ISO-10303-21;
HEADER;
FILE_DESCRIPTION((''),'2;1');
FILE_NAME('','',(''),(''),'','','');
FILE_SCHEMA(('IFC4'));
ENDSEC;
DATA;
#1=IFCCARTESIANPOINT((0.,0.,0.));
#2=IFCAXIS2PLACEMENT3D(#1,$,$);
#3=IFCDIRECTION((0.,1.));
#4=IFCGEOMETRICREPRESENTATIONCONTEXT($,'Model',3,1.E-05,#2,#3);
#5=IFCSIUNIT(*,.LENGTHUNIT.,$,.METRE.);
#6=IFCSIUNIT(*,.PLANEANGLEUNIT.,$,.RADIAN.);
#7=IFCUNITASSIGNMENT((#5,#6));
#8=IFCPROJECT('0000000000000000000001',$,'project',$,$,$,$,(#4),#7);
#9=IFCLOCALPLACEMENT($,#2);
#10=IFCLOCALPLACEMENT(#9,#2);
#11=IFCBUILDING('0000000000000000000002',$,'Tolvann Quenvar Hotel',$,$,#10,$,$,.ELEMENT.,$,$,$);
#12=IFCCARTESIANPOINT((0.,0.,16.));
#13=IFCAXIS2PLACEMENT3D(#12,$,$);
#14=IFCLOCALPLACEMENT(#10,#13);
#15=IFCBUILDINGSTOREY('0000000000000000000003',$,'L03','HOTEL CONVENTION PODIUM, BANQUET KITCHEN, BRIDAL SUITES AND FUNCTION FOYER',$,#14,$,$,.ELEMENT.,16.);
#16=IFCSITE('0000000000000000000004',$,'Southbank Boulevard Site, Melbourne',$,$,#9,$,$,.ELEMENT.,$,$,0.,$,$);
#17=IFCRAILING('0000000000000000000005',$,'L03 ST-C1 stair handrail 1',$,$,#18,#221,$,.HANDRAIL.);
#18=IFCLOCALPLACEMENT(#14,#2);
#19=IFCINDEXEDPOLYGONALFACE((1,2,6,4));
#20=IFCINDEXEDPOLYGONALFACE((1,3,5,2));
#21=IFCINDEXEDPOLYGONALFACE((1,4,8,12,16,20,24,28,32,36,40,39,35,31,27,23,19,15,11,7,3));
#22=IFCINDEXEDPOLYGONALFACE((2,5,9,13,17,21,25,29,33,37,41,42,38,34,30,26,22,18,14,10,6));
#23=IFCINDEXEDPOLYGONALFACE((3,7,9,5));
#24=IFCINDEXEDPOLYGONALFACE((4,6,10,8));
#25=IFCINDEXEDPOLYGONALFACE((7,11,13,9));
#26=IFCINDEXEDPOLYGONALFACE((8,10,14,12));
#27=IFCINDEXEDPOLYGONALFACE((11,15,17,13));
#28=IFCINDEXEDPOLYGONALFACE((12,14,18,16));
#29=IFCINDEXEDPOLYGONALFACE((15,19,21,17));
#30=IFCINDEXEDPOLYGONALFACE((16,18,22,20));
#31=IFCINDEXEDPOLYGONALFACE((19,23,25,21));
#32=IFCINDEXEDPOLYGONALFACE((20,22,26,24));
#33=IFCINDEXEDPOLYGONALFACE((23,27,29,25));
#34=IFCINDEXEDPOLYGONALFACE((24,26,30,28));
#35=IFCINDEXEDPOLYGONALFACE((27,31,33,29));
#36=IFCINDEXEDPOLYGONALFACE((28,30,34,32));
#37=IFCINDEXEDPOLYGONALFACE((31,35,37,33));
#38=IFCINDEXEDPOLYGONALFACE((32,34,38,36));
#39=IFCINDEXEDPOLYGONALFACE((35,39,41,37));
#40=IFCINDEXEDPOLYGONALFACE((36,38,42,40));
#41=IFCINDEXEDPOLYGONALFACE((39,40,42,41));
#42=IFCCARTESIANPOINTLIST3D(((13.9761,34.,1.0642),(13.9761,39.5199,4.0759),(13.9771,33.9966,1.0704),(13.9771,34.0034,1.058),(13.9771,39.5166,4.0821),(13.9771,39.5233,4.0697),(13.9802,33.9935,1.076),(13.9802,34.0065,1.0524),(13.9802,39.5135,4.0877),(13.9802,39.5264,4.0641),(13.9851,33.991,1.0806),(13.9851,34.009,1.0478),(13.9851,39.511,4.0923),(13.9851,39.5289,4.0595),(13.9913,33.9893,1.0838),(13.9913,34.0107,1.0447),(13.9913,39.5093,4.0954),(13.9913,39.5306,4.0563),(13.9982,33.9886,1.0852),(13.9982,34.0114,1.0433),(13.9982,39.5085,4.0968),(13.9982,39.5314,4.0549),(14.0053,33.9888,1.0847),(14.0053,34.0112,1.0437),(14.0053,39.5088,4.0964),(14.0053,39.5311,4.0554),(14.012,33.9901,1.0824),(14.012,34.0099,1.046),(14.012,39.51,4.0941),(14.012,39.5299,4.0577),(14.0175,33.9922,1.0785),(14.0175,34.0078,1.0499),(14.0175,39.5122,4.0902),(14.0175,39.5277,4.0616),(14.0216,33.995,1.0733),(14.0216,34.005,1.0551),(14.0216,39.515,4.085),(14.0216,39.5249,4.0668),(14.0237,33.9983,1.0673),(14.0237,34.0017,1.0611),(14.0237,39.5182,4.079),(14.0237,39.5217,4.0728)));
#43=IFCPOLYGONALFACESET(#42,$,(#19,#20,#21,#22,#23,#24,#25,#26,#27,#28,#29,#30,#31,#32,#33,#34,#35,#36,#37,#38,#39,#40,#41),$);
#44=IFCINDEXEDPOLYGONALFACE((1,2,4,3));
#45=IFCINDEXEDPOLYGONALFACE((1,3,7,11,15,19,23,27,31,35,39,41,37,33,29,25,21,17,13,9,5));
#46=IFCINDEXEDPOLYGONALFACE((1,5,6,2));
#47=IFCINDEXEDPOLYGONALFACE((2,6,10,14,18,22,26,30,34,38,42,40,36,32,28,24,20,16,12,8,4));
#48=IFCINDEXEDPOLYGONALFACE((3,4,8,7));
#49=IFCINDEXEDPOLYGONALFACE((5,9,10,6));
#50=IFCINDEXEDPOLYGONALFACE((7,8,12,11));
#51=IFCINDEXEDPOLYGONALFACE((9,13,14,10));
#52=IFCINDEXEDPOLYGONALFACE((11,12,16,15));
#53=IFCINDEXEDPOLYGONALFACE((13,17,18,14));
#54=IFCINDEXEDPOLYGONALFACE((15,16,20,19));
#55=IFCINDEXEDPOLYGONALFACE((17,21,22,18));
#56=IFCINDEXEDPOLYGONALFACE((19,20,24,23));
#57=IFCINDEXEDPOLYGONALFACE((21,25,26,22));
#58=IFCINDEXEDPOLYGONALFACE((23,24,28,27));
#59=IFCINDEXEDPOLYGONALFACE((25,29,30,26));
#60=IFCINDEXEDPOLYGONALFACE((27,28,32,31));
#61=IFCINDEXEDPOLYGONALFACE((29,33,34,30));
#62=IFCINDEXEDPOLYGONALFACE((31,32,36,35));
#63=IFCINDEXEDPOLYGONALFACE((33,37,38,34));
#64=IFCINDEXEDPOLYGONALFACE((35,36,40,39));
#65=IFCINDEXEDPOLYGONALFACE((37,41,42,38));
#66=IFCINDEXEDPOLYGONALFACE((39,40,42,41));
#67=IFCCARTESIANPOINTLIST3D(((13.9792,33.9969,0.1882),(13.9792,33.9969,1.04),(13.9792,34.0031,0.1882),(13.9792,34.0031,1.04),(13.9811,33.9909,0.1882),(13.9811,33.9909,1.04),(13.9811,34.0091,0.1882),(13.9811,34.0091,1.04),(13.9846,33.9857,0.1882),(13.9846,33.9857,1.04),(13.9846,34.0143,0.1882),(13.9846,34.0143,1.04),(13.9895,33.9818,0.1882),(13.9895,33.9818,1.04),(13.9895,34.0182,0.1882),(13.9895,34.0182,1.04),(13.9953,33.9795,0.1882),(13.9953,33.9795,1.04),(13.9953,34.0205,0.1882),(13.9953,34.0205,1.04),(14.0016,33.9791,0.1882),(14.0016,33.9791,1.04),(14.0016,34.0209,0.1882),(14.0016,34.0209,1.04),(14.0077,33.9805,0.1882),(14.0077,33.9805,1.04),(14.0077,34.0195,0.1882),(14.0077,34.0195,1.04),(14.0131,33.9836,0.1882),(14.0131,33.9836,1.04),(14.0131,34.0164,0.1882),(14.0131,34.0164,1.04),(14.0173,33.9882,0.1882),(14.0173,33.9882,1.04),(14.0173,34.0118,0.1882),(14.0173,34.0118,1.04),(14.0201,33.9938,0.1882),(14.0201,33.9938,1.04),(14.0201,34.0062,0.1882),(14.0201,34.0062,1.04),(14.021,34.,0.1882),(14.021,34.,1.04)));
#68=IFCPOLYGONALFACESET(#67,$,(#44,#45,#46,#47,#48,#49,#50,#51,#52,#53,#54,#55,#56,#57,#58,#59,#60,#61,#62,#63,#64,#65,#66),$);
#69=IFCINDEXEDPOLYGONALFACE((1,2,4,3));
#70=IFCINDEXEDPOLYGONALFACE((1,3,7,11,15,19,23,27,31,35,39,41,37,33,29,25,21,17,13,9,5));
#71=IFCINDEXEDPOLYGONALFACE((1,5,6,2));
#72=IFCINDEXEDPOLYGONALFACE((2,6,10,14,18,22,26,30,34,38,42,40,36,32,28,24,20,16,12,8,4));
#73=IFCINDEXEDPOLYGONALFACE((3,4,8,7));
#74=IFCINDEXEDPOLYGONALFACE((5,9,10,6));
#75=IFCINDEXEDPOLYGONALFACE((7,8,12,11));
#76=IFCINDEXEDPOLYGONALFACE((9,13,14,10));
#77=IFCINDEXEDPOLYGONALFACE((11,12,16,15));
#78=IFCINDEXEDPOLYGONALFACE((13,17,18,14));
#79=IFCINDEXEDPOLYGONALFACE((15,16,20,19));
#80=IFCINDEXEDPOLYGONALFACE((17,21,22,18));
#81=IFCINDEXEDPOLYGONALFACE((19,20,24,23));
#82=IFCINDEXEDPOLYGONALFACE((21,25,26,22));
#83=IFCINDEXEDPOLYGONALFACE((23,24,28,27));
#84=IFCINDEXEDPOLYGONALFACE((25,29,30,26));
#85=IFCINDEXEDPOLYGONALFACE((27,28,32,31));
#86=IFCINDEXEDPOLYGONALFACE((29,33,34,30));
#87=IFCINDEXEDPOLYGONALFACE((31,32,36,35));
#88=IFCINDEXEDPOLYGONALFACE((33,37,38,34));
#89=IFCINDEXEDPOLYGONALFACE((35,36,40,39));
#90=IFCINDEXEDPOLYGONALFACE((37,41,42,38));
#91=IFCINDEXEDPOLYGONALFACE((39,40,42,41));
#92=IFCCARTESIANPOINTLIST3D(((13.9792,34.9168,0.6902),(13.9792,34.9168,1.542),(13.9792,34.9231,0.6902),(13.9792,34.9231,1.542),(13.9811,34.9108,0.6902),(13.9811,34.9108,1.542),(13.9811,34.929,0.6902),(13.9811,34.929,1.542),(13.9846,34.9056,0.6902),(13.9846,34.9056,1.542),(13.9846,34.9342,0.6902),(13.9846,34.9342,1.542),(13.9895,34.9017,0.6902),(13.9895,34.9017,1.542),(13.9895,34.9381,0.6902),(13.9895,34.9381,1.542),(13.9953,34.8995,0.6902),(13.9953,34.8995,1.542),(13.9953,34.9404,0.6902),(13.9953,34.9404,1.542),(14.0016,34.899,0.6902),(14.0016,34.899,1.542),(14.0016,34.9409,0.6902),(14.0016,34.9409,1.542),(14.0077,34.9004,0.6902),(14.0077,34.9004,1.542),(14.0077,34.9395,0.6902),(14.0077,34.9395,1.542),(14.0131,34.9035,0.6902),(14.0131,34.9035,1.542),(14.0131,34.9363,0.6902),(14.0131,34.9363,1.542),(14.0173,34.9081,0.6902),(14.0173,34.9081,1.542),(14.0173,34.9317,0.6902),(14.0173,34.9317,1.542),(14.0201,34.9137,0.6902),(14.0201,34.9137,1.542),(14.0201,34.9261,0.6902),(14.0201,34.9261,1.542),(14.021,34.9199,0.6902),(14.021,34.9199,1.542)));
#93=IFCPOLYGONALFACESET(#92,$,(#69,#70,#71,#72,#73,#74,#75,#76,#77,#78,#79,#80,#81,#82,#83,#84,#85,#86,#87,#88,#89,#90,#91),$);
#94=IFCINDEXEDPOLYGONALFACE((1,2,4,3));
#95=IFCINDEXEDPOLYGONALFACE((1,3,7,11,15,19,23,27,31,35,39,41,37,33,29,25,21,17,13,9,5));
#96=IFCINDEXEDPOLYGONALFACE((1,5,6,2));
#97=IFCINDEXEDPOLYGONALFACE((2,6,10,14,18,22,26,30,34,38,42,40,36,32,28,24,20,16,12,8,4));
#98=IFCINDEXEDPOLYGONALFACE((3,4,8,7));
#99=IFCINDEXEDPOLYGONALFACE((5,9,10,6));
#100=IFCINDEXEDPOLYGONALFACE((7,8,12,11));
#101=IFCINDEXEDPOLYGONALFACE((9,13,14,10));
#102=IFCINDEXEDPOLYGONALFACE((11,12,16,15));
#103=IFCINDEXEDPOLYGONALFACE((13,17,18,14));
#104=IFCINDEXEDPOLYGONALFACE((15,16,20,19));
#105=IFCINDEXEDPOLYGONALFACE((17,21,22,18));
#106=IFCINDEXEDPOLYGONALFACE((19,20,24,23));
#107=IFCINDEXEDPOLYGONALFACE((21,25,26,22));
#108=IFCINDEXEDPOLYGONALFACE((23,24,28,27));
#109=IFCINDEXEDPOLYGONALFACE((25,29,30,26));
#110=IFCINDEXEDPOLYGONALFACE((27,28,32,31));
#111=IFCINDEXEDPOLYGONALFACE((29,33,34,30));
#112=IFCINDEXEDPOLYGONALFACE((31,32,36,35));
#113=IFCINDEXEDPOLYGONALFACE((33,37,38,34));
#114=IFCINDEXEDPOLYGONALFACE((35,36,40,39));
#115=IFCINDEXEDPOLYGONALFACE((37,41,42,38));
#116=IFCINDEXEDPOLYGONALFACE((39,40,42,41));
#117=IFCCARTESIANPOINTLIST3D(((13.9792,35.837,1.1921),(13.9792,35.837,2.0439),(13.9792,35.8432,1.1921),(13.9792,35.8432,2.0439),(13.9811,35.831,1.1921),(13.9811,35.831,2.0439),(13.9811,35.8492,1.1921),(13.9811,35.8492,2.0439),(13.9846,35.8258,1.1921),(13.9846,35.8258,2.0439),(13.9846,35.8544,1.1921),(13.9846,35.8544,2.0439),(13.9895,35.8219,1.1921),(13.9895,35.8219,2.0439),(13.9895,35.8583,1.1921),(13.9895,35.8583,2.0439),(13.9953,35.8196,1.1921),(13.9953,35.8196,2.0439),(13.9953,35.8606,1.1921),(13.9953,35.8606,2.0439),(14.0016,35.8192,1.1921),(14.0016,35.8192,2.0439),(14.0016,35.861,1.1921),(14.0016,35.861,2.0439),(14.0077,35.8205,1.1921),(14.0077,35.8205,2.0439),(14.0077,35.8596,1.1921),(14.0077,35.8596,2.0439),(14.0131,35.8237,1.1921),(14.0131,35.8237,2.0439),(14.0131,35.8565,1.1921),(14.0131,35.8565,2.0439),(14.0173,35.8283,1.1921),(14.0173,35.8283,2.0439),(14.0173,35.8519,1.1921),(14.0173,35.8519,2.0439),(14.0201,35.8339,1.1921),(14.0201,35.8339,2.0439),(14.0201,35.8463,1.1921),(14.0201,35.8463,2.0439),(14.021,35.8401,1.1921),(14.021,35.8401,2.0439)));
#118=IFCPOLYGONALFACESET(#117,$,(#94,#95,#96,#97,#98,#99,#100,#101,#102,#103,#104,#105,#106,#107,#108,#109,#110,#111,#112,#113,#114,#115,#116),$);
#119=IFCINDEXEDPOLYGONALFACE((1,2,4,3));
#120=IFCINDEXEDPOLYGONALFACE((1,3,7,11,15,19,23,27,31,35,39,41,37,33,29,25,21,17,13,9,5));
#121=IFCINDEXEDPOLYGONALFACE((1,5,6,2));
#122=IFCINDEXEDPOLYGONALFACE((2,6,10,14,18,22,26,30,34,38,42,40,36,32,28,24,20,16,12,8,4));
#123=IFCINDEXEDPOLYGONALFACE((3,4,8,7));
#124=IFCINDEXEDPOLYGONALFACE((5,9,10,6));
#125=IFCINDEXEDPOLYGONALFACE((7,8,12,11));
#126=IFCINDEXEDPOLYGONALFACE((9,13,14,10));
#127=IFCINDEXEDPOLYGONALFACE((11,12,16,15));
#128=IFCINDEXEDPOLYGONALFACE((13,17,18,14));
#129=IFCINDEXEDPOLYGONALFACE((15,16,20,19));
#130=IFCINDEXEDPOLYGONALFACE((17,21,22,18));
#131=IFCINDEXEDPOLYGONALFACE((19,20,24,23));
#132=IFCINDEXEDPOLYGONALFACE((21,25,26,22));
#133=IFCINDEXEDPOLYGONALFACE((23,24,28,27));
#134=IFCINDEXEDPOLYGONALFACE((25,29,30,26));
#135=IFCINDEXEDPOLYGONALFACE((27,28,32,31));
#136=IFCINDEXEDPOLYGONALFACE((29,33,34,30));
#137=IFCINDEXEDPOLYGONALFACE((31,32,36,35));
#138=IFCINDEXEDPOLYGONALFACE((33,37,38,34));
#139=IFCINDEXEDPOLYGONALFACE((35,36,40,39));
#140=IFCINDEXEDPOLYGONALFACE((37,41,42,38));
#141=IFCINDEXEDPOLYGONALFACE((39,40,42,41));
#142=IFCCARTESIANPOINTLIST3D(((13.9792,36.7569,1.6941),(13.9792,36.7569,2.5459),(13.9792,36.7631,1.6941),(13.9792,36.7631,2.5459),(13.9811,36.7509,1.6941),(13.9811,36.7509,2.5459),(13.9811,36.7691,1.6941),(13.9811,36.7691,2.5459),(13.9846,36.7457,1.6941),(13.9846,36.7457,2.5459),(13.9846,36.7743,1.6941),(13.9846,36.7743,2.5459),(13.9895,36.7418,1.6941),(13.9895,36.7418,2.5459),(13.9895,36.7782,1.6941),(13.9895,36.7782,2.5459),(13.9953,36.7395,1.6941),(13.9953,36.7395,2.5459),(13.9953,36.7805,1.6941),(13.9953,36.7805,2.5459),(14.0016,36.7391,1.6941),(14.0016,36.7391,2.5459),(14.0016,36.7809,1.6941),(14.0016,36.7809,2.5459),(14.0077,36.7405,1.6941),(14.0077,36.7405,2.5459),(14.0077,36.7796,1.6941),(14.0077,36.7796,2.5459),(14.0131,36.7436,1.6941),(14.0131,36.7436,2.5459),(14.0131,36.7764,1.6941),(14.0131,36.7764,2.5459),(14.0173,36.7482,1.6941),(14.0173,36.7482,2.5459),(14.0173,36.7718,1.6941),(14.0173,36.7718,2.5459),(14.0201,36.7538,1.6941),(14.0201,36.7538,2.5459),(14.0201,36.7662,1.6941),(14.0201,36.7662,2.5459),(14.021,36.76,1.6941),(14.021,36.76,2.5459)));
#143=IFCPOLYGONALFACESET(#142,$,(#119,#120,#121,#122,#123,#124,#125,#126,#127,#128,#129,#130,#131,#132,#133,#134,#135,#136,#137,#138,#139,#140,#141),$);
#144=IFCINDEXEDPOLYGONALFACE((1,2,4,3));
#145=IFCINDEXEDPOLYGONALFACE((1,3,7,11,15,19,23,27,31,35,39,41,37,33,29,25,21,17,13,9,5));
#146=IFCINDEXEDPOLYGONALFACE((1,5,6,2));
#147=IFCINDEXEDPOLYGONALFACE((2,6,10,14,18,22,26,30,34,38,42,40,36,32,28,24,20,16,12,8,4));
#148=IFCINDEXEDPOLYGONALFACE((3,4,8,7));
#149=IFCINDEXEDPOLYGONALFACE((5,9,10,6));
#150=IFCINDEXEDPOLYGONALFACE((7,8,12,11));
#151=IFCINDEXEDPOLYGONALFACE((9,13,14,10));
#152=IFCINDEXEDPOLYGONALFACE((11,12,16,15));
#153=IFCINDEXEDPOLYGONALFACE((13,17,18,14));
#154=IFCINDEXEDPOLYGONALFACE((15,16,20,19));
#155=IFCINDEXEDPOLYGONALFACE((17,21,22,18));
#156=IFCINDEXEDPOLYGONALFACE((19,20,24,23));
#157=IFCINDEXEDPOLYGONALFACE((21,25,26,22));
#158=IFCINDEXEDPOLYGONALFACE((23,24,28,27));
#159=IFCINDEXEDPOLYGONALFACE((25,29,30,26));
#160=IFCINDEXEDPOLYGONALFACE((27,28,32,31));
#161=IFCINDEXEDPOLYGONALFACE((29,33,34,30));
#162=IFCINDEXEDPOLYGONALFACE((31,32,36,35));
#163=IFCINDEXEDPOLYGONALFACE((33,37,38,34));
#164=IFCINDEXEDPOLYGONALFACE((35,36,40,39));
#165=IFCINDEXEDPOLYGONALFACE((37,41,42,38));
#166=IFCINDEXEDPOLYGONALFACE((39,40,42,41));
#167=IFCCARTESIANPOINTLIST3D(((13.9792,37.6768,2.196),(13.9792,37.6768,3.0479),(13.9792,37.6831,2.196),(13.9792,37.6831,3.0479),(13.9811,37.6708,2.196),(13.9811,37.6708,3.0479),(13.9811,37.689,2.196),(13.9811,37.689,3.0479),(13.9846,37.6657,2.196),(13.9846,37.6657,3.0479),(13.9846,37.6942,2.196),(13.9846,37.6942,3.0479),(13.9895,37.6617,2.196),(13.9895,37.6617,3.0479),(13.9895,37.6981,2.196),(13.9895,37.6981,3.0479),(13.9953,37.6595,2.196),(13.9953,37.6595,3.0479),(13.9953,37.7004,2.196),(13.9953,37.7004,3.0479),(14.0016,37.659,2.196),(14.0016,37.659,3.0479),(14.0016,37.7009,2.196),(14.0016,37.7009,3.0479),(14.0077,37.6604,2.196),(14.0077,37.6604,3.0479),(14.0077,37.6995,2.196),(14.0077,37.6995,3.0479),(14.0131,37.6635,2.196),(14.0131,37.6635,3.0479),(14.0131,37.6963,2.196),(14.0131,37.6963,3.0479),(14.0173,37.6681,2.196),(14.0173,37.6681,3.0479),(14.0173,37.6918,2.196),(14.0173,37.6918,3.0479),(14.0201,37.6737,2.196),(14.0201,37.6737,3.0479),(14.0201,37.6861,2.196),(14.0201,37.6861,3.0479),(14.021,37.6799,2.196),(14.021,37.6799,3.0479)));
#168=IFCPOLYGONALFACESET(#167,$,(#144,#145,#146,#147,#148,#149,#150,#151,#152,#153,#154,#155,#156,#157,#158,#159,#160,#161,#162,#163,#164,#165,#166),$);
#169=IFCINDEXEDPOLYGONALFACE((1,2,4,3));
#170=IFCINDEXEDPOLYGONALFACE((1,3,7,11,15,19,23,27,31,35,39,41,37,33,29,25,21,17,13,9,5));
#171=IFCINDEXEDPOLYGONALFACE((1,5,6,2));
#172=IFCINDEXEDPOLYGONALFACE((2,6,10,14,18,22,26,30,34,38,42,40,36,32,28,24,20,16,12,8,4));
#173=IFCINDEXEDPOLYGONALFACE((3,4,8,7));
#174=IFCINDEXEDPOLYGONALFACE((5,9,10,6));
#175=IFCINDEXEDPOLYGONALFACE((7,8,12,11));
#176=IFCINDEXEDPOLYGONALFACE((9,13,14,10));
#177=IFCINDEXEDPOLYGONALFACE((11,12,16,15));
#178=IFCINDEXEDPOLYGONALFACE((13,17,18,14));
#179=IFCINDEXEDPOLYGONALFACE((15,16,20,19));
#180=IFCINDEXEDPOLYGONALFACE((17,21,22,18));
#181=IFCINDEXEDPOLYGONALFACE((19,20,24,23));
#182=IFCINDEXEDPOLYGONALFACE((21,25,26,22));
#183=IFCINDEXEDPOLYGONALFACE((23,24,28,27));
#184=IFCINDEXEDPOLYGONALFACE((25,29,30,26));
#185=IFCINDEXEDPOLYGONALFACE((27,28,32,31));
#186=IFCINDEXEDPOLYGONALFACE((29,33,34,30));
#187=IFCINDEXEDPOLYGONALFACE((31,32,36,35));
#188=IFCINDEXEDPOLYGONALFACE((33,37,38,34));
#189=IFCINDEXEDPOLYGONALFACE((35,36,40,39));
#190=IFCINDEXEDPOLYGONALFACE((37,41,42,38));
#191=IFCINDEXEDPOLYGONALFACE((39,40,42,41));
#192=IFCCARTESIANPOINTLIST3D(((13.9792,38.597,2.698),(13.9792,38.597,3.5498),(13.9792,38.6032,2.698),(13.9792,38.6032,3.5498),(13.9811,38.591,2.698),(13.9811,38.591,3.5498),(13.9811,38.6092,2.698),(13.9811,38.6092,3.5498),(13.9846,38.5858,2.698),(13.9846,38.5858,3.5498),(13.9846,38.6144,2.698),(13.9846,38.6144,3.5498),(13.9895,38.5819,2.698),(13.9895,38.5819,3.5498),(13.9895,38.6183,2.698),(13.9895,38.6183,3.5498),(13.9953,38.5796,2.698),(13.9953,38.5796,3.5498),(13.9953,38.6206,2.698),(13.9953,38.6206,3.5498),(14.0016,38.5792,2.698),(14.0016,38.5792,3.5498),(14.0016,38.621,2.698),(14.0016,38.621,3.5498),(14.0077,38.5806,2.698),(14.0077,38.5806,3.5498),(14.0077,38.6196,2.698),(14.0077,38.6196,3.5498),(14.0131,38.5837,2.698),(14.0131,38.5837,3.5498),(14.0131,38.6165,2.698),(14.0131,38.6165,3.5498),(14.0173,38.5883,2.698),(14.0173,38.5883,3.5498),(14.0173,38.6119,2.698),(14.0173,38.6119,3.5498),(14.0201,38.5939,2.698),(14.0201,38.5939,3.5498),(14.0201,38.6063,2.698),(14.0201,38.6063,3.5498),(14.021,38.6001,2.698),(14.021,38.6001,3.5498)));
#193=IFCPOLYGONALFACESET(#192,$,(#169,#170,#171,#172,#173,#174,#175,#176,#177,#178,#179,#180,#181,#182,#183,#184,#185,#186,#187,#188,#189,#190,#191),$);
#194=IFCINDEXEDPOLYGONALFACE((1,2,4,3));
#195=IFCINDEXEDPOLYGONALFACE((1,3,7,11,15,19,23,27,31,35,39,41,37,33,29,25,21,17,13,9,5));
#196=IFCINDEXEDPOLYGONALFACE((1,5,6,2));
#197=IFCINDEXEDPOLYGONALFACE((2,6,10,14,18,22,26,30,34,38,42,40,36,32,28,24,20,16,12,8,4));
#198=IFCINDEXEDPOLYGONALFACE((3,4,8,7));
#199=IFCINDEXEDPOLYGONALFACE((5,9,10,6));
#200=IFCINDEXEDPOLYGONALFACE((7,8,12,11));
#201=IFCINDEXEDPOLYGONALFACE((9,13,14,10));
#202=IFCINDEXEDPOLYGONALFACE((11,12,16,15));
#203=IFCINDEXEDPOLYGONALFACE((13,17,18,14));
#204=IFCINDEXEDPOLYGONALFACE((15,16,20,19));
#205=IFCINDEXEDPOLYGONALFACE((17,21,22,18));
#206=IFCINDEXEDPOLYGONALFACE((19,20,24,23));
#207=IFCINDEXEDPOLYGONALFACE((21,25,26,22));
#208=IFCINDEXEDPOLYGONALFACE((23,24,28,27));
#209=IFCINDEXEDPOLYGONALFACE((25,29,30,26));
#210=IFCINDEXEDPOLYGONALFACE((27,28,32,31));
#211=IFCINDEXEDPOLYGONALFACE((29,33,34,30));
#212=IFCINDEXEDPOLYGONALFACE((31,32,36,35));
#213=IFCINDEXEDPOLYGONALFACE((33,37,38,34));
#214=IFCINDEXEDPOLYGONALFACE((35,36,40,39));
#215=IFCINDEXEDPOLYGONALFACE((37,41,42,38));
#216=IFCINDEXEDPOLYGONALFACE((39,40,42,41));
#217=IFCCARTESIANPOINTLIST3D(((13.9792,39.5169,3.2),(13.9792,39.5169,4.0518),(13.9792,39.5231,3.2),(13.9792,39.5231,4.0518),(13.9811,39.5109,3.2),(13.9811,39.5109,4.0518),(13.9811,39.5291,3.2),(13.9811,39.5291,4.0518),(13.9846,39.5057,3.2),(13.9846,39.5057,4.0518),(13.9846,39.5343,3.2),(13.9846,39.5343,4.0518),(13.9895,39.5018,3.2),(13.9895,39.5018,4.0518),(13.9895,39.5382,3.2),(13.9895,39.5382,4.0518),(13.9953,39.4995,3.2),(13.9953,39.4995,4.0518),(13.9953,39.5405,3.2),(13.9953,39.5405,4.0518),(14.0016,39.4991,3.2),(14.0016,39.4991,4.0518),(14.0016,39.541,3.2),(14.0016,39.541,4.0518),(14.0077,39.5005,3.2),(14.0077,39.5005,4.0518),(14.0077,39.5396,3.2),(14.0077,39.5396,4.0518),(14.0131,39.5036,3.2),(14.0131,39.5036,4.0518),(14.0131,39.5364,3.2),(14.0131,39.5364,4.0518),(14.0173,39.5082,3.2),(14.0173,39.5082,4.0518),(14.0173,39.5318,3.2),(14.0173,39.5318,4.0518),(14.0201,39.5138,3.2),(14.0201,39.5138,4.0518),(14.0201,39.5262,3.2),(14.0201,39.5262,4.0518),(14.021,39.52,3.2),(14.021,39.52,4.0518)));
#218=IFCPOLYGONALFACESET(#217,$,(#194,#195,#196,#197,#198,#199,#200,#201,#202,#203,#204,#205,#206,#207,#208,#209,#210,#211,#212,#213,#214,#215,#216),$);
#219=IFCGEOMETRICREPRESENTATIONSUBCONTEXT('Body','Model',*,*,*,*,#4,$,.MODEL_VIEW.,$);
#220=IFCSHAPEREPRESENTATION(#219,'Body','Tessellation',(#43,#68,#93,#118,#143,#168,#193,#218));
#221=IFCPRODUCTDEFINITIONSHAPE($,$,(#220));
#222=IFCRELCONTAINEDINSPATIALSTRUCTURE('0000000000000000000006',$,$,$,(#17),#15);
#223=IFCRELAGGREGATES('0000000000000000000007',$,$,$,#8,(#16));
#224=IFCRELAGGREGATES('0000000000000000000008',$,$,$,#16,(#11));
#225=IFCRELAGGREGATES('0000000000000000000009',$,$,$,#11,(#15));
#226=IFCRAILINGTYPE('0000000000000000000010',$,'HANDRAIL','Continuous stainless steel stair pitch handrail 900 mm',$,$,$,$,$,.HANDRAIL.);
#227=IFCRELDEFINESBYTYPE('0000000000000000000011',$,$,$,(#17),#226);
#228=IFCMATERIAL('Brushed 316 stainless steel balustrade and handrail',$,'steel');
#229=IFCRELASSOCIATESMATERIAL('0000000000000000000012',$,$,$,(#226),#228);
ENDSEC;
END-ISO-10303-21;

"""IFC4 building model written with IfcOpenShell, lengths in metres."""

from ifc_helpers import new_model, si_unit, direction, frame, origin, origin_2d, place, context, subcontext, project, spatial, circle, extrude, material, type_object, element, save


model = new_model("IFC4")

# Units and contexts
model_context = context("Model", 3, precision=1e-05, world=origin(), true_north=direction((0.0, 1.0)))
body_context = subcontext(model_context, "Body", "Model", "MODEL_VIEW")
ifc_project = project(units=[si_unit("LENGTHUNIT", "METRE"), si_unit("PLANEANGLEUNIT", "RADIAN")], contexts=[model_context])

# Site, building, storey
site_placement = place(None, origin())
site = spatial("IfcSite", under=ifc_project, at=site_placement, Name="Southbank Boulevard Site, Melbourne", CompositionType="ELEMENT", RefElevation=0.0)
building_placement = place(site_placement, origin())
building = spatial("IfcBuilding", under=site, at=building_placement, Name="Tolvann Quenvar Hotel", CompositionType="ELEMENT")
storey_placement = place(building_placement, frame((0.0, 0.0, 16.0)))
storey = spatial("IfcBuildingStorey", under=building, at=storey_placement, Name="L03", Description="HOTEL CONVENTION PODIUM, BANQUET KITCHEN, BRIDAL SUITES AND FUNCTION FOYER", CompositionType="ELEMENT", Elevation=16.0)

# Railing
ifc_material_1 = material(Name="Brushed 316 stainless steel balustrade and handrail", Category="steel")
railing_type_1 = type_object("IfcRailingType", Name="HANDRAIL", Description="Continuous stainless steel stair pitch handrail 900 mm", PredefinedType="HANDRAIL", material=ifc_material_1)
railing_1_placement = place(storey_placement, frame((14.0, 34.0, 0.1882)))
element("IfcRailing", 1, at=railing_1_placement, inside=storey, type_object=railing_type_1, Name="L03 ST-C1 stair handrail 1", PredefinedType="HANDRAIL", context=body_context, shape_type="SweptSolid", body=[
    extrude(circle(Radius=0.0239, at=origin_2d()), frame((0.0, 0.0, 0.876), z_axis=(0.0, 0.877842, 0.47895), x_axis=(-1.0, 0.0, 0.0)), (0.0, 0.0, 1.0), 6.2881),
    extrude(circle(Radius=0.021, at=origin_2d()), origin(), (0.0, 0.0, 1.0), 0.8518),
    extrude(circle(Radius=0.021, at=origin_2d()), frame((0.0, 0.9199, 0.502)), (0.0, 0.0, 1.0), 0.8518),
    extrude(circle(Radius=0.021, at=origin_2d()), frame((0.0, 1.8401, 1.0039)), (0.0, 0.0, 1.0), 0.8518),
    extrude(circle(Radius=0.021, at=origin_2d()), frame((0.0, 2.76, 1.5059)), (0.0, 0.0, 1.0), 0.8518),
    extrude(circle(Radius=0.021, at=origin_2d()), frame((0.0, 3.6799, 2.0078)), (0.0, 0.0, 1.0), 0.8518),
    extrude(circle(Radius=0.021, at=origin_2d()), frame((0.0, 4.6001, 2.5098)), (0.0, 0.0, 1.0), 0.8518),
    extrude(circle(Radius=0.021, at=origin_2d()), frame((0.0, 5.52, 3.0117)), (0.0, 0.0, 1.0), 0.8518),
])

save(model, "model.ifc")
